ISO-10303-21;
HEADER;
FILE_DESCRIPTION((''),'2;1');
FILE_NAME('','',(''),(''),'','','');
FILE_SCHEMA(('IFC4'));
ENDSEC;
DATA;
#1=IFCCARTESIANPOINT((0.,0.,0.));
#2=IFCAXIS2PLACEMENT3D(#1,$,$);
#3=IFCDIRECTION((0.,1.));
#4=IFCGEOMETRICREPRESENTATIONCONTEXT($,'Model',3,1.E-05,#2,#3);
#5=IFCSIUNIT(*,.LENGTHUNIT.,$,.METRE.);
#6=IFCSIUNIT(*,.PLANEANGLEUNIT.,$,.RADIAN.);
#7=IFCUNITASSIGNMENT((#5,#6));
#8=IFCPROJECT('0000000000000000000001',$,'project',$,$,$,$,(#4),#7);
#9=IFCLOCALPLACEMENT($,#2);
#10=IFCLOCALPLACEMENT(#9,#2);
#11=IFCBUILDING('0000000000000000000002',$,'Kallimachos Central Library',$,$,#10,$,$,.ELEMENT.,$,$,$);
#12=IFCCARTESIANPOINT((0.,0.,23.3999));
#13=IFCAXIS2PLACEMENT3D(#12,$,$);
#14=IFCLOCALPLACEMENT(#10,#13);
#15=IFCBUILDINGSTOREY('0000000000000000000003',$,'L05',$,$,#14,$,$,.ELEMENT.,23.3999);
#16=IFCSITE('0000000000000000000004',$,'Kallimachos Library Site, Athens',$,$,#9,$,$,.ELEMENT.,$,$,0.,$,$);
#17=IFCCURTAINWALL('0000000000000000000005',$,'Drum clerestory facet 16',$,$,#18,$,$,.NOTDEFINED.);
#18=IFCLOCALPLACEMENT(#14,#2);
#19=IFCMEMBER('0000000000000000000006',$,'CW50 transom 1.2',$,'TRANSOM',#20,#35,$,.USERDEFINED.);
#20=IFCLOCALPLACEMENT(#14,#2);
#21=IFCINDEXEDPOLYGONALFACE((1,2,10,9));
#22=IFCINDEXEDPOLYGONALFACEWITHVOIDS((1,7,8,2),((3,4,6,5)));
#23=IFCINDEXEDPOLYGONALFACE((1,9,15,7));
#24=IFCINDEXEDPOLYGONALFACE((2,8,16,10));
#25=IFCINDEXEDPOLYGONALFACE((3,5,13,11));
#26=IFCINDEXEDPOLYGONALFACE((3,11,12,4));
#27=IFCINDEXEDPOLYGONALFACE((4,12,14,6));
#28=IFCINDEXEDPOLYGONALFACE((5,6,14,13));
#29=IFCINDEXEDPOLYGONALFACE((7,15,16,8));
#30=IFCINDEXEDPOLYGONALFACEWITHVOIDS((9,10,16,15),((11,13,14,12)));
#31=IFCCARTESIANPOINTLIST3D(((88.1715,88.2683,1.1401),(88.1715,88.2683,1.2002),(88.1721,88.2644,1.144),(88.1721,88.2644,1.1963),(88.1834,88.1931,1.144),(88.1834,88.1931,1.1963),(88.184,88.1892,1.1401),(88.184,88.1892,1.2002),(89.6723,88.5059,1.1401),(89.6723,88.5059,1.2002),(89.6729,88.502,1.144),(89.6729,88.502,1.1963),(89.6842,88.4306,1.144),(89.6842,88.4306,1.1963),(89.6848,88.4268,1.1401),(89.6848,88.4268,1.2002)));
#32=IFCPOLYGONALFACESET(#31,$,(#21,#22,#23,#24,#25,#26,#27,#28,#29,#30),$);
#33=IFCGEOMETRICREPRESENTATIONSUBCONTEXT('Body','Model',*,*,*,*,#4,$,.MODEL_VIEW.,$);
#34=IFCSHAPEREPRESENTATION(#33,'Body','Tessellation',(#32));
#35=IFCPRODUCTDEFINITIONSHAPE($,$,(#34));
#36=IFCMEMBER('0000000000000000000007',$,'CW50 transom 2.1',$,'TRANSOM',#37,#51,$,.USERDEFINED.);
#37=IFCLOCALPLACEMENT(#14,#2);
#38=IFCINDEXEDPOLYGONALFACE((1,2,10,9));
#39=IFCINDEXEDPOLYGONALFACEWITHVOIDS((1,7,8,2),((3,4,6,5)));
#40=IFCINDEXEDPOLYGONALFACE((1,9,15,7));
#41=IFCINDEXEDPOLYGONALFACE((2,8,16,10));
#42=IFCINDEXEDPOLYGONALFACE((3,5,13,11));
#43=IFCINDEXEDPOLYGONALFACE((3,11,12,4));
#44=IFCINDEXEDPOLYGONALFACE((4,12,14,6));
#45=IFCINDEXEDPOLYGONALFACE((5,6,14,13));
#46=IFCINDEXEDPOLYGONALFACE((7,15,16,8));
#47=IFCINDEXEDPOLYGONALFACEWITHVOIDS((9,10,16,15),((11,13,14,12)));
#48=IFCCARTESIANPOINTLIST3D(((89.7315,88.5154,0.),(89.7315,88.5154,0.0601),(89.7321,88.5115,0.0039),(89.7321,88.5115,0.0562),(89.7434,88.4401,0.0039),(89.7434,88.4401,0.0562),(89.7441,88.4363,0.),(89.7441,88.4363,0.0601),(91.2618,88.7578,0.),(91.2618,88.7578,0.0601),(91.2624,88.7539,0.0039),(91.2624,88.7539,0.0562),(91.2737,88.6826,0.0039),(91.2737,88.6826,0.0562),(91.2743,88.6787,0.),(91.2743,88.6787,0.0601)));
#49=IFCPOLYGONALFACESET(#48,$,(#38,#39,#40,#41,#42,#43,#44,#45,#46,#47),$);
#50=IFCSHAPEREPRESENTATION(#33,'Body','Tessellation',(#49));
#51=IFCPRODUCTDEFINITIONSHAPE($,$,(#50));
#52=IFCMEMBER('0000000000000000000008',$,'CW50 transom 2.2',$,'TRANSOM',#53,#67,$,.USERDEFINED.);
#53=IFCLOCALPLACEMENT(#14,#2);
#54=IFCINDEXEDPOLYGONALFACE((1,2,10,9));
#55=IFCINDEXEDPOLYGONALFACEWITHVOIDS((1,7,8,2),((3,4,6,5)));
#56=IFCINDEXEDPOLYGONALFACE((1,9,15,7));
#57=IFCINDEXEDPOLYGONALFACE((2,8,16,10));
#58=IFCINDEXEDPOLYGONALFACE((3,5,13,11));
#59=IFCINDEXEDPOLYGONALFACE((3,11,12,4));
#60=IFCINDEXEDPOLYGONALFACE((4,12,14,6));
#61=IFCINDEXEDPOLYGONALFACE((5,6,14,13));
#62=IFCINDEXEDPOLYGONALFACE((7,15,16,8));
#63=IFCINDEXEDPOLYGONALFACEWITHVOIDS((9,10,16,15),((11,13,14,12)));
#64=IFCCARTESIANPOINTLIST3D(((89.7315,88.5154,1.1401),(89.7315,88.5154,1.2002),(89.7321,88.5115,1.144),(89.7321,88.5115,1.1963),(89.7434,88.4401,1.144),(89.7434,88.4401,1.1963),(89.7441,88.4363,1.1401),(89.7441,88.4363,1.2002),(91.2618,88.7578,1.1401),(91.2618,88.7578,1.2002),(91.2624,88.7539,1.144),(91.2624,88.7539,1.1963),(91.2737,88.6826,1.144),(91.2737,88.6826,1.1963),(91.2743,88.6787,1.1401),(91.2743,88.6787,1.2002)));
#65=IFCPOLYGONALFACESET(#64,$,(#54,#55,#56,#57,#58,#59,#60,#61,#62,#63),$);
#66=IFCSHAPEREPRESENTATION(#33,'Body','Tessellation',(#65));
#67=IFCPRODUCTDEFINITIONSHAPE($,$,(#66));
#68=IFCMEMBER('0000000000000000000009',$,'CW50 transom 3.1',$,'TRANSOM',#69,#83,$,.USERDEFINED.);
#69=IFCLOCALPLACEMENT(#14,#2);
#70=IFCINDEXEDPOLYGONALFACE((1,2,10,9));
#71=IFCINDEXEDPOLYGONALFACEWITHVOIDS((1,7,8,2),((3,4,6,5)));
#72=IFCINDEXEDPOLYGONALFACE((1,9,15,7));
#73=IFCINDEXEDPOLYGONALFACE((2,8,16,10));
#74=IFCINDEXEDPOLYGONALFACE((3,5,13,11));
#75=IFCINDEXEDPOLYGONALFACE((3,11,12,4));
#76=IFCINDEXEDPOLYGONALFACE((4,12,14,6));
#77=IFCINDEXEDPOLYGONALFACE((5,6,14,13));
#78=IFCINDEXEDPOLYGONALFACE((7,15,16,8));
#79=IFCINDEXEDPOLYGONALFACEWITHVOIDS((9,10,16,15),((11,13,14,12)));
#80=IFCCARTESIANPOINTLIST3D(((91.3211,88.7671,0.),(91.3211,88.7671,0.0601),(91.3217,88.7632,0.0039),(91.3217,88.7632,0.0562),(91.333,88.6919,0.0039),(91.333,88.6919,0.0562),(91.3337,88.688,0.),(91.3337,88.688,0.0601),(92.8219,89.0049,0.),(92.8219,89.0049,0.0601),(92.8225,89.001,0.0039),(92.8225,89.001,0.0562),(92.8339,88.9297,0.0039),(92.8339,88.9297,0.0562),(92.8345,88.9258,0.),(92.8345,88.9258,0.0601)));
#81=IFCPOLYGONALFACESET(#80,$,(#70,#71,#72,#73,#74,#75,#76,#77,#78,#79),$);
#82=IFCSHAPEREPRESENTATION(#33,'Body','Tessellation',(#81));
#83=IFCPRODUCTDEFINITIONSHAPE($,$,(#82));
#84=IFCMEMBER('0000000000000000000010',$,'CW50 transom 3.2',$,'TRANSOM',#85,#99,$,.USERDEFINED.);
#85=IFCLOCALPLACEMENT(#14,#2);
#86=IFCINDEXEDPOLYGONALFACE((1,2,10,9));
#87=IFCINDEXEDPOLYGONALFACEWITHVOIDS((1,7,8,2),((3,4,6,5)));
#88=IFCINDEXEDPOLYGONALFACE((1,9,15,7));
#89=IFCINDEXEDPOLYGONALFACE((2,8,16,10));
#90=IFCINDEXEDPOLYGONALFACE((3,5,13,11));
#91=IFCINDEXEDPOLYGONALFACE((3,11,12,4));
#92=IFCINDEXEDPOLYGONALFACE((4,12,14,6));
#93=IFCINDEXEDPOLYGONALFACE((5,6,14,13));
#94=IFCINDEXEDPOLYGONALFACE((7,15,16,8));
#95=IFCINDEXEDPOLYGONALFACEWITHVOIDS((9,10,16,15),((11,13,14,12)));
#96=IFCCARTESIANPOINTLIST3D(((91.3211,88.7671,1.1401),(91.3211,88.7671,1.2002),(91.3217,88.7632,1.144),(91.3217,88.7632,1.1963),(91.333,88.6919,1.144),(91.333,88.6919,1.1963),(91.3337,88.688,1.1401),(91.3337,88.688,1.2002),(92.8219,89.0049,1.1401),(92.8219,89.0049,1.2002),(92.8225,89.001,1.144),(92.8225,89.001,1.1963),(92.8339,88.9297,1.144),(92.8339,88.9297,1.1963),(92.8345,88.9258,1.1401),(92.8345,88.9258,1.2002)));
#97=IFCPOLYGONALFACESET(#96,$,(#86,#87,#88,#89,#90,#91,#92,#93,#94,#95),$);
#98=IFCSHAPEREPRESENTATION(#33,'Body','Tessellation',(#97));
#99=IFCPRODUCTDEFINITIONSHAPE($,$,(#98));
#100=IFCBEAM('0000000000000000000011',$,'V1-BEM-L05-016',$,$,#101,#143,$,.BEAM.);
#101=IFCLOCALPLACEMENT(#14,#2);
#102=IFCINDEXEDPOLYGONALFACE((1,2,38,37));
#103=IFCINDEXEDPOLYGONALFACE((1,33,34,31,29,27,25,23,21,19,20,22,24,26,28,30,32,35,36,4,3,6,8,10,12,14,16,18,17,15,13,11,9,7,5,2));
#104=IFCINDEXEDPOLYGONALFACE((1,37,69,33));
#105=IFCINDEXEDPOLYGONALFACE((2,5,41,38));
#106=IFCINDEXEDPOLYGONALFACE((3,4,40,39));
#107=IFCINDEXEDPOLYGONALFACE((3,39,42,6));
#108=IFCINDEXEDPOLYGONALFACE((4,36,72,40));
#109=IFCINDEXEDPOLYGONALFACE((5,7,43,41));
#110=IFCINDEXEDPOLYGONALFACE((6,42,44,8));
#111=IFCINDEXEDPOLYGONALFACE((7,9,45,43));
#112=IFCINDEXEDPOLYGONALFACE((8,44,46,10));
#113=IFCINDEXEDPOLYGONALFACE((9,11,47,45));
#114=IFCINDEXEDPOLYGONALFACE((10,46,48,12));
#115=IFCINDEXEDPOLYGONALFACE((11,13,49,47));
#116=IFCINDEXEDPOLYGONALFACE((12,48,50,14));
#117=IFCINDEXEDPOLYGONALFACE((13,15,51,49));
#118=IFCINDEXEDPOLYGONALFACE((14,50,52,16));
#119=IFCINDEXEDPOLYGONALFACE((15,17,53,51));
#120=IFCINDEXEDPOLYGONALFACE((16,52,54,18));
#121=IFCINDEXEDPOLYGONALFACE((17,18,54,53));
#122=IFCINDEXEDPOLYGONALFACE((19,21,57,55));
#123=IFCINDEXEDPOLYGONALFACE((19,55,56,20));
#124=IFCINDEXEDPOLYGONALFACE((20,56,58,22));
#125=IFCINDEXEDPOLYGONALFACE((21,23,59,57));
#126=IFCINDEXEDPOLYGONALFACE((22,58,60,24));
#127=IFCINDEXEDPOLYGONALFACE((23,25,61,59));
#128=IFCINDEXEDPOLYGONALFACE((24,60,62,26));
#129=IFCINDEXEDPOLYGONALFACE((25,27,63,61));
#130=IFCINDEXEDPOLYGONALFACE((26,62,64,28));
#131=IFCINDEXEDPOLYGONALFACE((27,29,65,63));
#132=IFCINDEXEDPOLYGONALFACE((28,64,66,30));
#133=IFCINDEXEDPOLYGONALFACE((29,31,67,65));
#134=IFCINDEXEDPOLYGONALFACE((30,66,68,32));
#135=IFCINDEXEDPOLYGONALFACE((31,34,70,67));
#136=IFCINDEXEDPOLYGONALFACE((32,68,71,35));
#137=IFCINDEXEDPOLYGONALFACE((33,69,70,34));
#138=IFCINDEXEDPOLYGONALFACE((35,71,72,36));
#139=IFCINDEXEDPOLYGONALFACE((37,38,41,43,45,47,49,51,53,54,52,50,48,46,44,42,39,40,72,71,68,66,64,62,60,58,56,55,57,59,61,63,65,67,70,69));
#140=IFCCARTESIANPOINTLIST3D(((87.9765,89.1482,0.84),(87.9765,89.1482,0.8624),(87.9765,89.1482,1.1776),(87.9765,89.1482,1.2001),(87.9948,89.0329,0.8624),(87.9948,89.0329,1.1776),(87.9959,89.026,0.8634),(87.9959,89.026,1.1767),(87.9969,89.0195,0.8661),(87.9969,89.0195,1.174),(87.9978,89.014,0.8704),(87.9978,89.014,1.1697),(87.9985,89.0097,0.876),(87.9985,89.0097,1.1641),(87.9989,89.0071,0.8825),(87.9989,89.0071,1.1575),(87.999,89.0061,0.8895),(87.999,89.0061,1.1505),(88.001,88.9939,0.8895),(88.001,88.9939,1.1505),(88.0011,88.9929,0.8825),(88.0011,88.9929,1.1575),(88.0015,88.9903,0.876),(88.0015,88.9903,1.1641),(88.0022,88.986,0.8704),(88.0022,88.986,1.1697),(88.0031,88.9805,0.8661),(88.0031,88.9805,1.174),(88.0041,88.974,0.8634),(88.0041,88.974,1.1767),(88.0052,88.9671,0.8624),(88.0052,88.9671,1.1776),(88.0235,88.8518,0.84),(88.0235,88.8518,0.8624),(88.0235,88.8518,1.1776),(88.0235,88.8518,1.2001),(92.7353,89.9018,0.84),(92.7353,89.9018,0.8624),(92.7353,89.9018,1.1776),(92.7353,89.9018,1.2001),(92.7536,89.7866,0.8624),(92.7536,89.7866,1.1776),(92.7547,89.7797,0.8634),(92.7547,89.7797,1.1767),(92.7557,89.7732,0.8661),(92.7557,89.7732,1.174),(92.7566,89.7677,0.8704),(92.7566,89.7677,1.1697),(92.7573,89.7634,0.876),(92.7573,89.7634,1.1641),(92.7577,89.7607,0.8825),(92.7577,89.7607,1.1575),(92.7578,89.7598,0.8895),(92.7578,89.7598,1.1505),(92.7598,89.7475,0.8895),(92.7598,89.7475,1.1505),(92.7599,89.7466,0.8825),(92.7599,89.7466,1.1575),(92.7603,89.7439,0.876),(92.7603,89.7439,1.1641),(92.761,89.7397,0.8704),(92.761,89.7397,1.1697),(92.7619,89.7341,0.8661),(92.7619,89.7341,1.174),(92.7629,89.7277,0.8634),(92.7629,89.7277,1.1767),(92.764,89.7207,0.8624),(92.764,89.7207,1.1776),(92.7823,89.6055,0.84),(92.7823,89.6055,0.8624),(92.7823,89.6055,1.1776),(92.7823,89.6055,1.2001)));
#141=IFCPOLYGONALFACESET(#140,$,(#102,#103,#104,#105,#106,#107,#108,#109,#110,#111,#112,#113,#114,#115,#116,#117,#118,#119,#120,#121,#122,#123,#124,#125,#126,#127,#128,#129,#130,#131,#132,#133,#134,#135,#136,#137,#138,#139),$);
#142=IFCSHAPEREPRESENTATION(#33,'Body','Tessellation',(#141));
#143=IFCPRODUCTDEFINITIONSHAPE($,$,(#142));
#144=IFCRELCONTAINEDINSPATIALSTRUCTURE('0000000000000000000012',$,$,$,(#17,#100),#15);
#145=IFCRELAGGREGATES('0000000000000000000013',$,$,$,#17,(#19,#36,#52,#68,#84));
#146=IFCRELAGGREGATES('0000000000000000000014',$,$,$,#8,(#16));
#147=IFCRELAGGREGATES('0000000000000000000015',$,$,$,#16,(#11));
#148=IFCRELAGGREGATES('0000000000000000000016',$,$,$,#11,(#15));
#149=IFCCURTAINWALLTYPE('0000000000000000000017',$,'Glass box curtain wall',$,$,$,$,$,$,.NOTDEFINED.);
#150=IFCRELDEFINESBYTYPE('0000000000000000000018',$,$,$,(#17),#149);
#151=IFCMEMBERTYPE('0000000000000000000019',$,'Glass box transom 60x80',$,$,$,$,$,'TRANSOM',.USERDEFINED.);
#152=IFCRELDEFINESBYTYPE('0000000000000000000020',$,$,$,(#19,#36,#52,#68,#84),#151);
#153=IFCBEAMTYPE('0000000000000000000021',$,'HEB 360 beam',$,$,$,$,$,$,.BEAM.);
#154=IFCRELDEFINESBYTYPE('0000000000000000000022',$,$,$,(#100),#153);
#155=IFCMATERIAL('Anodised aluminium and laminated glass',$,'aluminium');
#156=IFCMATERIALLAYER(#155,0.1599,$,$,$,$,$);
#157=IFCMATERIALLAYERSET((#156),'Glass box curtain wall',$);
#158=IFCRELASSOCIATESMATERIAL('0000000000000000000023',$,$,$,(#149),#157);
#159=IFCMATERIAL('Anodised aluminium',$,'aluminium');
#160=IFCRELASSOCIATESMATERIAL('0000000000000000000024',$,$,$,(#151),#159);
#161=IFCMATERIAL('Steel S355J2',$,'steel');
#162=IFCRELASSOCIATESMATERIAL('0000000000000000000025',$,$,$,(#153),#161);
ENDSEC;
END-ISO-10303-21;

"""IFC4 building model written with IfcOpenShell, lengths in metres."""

from ifc_helpers import new_model, si_unit, direction, frame, origin, origin_2d, place, context, subcontext, project, spatial, hollow_rectangle, i_section, extrude, material, layer, layer_set, material_profile, profile_set, type_object, element, aggregate, save


model = new_model("IFC4")

# Units and contexts
model_context = context("Model", 3, precision=1e-05, world=origin(), true_north=direction((0.0, 1.0)))
body_context = subcontext(model_context, "Body", "Model", "MODEL_VIEW")
ifc_project = project(units=[si_unit("LENGTHUNIT", "METRE"), si_unit("PLANEANGLEUNIT", "RADIAN")], contexts=[model_context])

# Site, building, storey
site_placement = place(None, origin())
site = spatial("IfcSite", under=ifc_project, at=site_placement, Name="Kallimachos Library Site, Athens", CompositionType="ELEMENT", RefElevation=0.0)
building_placement = place(site_placement, origin())
building = spatial("IfcBuilding", under=site, at=building_placement, Name="Kallimachos Central Library", CompositionType="ELEMENT")
storey_placement = place(building_placement, frame((0.0, 0.0, 23.3999)))
storey = spatial("IfcBuildingStorey", under=building, at=storey_placement, Name="L05", CompositionType="ELEMENT", Elevation=23.3999)

# Curtain wall, members
ifc_material_1 = material(Name="Anodised aluminium and laminated glass", Category="aluminium")
ifc_layer_1 = layer(ifc_material_1, 0.1599)
ifc_layer_set_1 = layer_set([ifc_layer_1], Name="Glass box curtain wall")
curtain_wall_type = type_object("IfcCurtainWallType", Name="Glass box curtain wall", PredefinedType="NOTDEFINED", material=ifc_layer_set_1)
curtain_wall_placement = place(storey_placement, origin())
curtain_wall = element("IfcCurtainWall", 1, at=curtain_wall_placement, inside=storey, type_object=curtain_wall_type, Name="Drum clerestory facet 16", PredefinedType="NOTDEFINED")
ifc_material_2 = material(Name="Anodised aluminium", Category="aluminium")
ifc_material_profile_1 = material_profile(ifc_material_2, hollow_rectangle(XDim=0.0601, YDim=0.0801, WallThickness=0.0039, at=origin_2d()), Name="ALU TRANSOM 60x80")
ifc_profile_set_1 = profile_set([ifc_material_profile_1], Name="Anodised aluminium")
member_type_1 = type_object("IfcMemberType", Name="Glass box transom 60x80", ElementType="TRANSOM", PredefinedType="USERDEFINED", material=ifc_profile_set_1)
member_1_placement = place(storey_placement, frame((88.1777, 88.2288, 1.1702), z_axis=(0.987703, 0.156342, 0.0), x_axis=(0.0, 0.0, 1.0)))
member_1 = element("IfcMember", 2, at=member_1_placement, type_object=member_type_1, Name="CW50 transom 1.2", ObjectType="TRANSOM", PredefinedType="USERDEFINED", context=body_context, shape_type="SweptSolid", body=[
    extrude(hollow_rectangle(XDim=0.0601, YDim=0.0801, WallThickness=0.0039, at=origin_2d()), origin(), (0.0, 0.0, 1.0), 1.5195),
])
member_2_placement = place(storey_placement, frame((89.7378, 88.4758, 0.03), z_axis=(0.987682, 0.156472, 0.0), x_axis=(0.0, 0.0, 1.0)))
member_2 = element("IfcMember", 3, at=member_2_placement, type_object=member_type_1, Name="CW50 transom 2.1", ObjectType="TRANSOM", PredefinedType="USERDEFINED", context=body_context, shape_type="SweptSolid", body=[
    extrude(hollow_rectangle(XDim=0.0601, YDim=0.0801, WallThickness=0.0039, at=origin_2d()), origin(), (0.0, 0.0, 1.0), 1.5493),
])
member_3_placement = place(storey_placement, frame((89.7378, 88.4758, 1.1702), z_axis=(0.987682, 0.156472, 0.0), x_axis=(0.0, 0.0, 1.0)))
member_3 = element("IfcMember", 4, at=member_3_placement, type_object=member_type_1, Name="CW50 transom 2.2", ObjectType="TRANSOM", PredefinedType="USERDEFINED", context=body_context, shape_type="SweptSolid", body=[
    extrude(hollow_rectangle(XDim=0.0601, YDim=0.0801, WallThickness=0.0039, at=origin_2d()), origin(), (0.0, 0.0, 1.0), 1.5493),
])
member_4_placement = place(storey_placement, frame((91.3274, 88.7275, 0.03), z_axis=(0.987678, 0.156499, 0.0), x_axis=(0.0, 0.0, 1.0)))
member_4 = element("IfcMember", 5, at=member_4_placement, type_object=member_type_1, Name="CW50 transom 3.1", ObjectType="TRANSOM", PredefinedType="USERDEFINED", context=body_context, shape_type="SweptSolid", body=[
    extrude(hollow_rectangle(XDim=0.0601, YDim=0.0801, WallThickness=0.0039, at=origin_2d()), origin(), (0.0, 0.0, 1.0), 1.5195),
])
member_5_placement = place(storey_placement, frame((91.3274, 88.7275, 1.1702), z_axis=(0.987678, 0.156499, 0.0), x_axis=(0.0, 0.0, 1.0)))
member_5 = element("IfcMember", 6, at=member_5_placement, type_object=member_type_1, Name="CW50 transom 3.2", ObjectType="TRANSOM", PredefinedType="USERDEFINED", context=body_context, shape_type="SweptSolid", body=[
    extrude(hollow_rectangle(XDim=0.0601, YDim=0.0801, WallThickness=0.0039, at=origin_2d()), origin(), (0.0, 0.0, 1.0), 1.5195),
])

# Beam
ifc_material_3 = material(Name="Steel S355J2", Category="steel")
ifc_material_profile_2 = material_profile(ifc_material_3, i_section(OverallWidth=0.3, OverallDepth=0.3601, WebThickness=0.0125, FlangeThickness=0.0225, FilletRadius=0.0271, at=origin_2d()), Name="HEB 360")
ifc_profile_set_2 = profile_set([ifc_material_profile_2], Name="Steel S355J2")
beam_type = type_object("IfcBeamType", Name="HEB 360 beam", PredefinedType="BEAM", material=ifc_profile_set_2)
beam_placement = place(storey_placement, frame((88.0, 89.0, 1.02), z_axis=(0.98769, 0.156423, 0.0), x_axis=(-0.156423, 0.98769, 0.0)))
element("IfcBeam", 7, at=beam_placement, inside=storey, type_object=beam_type, Name="V1-BEM-L05-016", PredefinedType="BEAM", context=body_context, shape_type="SweptSolid", body=[
    extrude(i_section(OverallWidth=0.3, OverallDepth=0.3601, WebThickness=0.0125, FlangeThickness=0.0225, FilletRadius=0.0271, at=origin_2d()), origin(), (0.0, 0.0, 1.0), 4.8181),
])

aggregate(curtain_wall, [member_1, member_2, member_3, member_4, member_5])

save(model, "model.ifc")
